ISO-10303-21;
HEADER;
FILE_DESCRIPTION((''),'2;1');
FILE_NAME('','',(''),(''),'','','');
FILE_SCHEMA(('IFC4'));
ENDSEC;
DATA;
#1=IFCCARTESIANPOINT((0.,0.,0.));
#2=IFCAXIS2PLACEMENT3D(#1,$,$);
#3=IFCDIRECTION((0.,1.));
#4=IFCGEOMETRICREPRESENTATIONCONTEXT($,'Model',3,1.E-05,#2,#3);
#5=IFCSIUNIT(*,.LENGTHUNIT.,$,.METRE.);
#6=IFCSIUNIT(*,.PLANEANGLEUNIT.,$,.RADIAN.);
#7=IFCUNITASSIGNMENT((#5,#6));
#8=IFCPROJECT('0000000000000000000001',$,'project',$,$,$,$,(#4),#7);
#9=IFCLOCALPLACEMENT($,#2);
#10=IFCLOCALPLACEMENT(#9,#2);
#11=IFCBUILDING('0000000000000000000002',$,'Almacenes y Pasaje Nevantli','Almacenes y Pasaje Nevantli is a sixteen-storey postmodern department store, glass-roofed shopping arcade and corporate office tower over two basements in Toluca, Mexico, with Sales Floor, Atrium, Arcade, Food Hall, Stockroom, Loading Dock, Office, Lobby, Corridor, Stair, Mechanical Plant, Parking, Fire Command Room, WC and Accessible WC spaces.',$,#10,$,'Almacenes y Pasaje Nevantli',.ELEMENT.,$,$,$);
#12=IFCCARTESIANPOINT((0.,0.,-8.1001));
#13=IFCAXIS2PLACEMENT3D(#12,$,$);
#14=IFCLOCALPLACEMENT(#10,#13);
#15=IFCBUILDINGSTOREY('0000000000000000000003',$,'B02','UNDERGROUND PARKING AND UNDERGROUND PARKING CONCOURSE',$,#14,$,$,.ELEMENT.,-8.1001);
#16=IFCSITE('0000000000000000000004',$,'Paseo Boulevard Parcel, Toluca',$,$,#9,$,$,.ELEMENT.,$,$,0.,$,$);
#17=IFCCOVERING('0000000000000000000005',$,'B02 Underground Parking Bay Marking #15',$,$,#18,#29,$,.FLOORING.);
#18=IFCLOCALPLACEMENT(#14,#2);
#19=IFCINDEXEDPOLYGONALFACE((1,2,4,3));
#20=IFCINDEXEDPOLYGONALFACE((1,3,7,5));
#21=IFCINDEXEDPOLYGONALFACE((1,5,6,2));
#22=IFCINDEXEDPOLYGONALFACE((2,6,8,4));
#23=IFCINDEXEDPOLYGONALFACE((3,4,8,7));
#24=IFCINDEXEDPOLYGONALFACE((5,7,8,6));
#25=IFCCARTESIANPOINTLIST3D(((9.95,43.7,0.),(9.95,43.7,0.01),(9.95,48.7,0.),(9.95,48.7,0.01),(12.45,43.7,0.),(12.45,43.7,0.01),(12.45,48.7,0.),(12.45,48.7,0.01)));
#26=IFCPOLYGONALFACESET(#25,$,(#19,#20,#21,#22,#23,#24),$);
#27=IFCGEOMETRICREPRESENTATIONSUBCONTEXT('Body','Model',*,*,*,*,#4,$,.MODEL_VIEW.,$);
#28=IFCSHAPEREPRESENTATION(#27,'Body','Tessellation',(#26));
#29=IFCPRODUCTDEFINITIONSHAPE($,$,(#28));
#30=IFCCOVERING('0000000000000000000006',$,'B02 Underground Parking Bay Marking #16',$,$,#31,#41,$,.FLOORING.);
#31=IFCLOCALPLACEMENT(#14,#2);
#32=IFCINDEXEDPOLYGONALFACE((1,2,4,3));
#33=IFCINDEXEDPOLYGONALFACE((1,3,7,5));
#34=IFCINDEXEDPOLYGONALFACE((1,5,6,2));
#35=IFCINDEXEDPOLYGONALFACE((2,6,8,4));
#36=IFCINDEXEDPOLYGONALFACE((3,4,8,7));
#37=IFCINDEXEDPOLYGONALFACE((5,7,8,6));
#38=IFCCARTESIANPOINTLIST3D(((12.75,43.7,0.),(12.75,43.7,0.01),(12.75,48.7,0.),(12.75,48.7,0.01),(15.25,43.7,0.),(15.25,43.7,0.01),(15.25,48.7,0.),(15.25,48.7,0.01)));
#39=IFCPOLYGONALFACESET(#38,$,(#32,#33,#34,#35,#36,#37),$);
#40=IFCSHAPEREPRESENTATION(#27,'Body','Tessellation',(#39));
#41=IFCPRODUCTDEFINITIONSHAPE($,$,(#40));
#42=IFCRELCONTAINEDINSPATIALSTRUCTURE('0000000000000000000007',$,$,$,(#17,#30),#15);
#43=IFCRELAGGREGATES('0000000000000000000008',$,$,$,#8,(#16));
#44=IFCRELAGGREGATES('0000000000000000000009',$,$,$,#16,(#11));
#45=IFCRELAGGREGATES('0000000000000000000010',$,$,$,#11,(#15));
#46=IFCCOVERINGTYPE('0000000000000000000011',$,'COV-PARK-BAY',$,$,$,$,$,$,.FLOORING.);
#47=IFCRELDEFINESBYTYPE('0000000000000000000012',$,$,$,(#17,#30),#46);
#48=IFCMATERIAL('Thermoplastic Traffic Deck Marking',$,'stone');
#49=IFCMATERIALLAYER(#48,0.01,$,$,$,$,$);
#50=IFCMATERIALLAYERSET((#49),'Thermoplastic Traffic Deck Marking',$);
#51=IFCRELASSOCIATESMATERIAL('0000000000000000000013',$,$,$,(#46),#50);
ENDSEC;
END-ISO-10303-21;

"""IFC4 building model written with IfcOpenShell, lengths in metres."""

from ifc_helpers import new_model, si_unit, direction, frame, origin, origin_2d, place, context, subcontext, project, spatial, rectangle, extrude, material, layer, layer_set, type_object, element, save


model = new_model("IFC4")

# Units and contexts
model_context = context("Model", 3, precision=1e-05, world=origin(), true_north=direction((0.0, 1.0)))
body_context = subcontext(model_context, "Body", "Model", "MODEL_VIEW")
ifc_project = project(units=[si_unit("LENGTHUNIT", "METRE"), si_unit("PLANEANGLEUNIT", "RADIAN")], contexts=[model_context])

# Site, building, storey
site_placement = place(None, origin())
site = spatial("IfcSite", under=ifc_project, at=site_placement, Name="Paseo Boulevard Parcel, Toluca", CompositionType="ELEMENT", RefElevation=0.0)
building_placement = place(site_placement, origin())
building = spatial("IfcBuilding", under=site, at=building_placement, Name="Almacenes y Pasaje Nevantli", Description="Almacenes y Pasaje Nevantli is a sixteen-storey postmodern department store, glass-roofed shopping arcade and corporate office tower over two basements in Toluca, Mexico, with Sales Floor, Atrium, Arcade, Food Hall, Stockroom, Loading Dock, Office, Lobby, Corridor, Stair, Mechanical Plant, Parking, Fire Command Room, WC and Accessible WC spaces.", LongName="Almacenes y Pasaje Nevantli", CompositionType="ELEMENT")
storey_placement = place(building_placement, frame((0.0, 0.0, -8.1001)))
storey = spatial("IfcBuildingStorey", under=building, at=storey_placement, Name="B02", Description="UNDERGROUND PARKING AND UNDERGROUND PARKING CONCOURSE", CompositionType="ELEMENT", Elevation=-8.1001)

# Coverings
ifc_material_1 = material(Name="Thermoplastic Traffic Deck Marking", Category="stone")
ifc_layer_1 = layer(ifc_material_1, 0.01)
ifc_layer_set_1 = layer_set([ifc_layer_1], Name="Thermoplastic Traffic Deck Marking")
covering_type_1 = type_object("IfcCoveringType", Name="COV-PARK-BAY", PredefinedType="FLOORING", material=ifc_layer_set_1)
for number, where, z_axis, x_axis, name in (
    (1, (11.2, 46.2, 0.0), (0.0, 0.0, 1.0), (1.0, 0.0, 0.0), "B02 Underground Parking Bay Marking #15"),
    (2, (14.0, 46.2, 0.0), (0.0, 0.0, 1.0), (1.0, 0.0, 0.0), "B02 Underground Parking Bay Marking #16"),
):
    element("IfcCovering", number, at=place(storey_placement, frame(where, z_axis=z_axis, x_axis=x_axis)), inside=storey, type_object=covering_type_1, Name=name, PredefinedType="FLOORING", context=body_context, shape_type="SweptSolid", body=[
        extrude(rectangle(XDim=2.5, YDim=5.0, at=origin_2d()), origin(), (0.0, 0.0, 1.0), 0.01),
    ])

save(model, "model.ifc")
